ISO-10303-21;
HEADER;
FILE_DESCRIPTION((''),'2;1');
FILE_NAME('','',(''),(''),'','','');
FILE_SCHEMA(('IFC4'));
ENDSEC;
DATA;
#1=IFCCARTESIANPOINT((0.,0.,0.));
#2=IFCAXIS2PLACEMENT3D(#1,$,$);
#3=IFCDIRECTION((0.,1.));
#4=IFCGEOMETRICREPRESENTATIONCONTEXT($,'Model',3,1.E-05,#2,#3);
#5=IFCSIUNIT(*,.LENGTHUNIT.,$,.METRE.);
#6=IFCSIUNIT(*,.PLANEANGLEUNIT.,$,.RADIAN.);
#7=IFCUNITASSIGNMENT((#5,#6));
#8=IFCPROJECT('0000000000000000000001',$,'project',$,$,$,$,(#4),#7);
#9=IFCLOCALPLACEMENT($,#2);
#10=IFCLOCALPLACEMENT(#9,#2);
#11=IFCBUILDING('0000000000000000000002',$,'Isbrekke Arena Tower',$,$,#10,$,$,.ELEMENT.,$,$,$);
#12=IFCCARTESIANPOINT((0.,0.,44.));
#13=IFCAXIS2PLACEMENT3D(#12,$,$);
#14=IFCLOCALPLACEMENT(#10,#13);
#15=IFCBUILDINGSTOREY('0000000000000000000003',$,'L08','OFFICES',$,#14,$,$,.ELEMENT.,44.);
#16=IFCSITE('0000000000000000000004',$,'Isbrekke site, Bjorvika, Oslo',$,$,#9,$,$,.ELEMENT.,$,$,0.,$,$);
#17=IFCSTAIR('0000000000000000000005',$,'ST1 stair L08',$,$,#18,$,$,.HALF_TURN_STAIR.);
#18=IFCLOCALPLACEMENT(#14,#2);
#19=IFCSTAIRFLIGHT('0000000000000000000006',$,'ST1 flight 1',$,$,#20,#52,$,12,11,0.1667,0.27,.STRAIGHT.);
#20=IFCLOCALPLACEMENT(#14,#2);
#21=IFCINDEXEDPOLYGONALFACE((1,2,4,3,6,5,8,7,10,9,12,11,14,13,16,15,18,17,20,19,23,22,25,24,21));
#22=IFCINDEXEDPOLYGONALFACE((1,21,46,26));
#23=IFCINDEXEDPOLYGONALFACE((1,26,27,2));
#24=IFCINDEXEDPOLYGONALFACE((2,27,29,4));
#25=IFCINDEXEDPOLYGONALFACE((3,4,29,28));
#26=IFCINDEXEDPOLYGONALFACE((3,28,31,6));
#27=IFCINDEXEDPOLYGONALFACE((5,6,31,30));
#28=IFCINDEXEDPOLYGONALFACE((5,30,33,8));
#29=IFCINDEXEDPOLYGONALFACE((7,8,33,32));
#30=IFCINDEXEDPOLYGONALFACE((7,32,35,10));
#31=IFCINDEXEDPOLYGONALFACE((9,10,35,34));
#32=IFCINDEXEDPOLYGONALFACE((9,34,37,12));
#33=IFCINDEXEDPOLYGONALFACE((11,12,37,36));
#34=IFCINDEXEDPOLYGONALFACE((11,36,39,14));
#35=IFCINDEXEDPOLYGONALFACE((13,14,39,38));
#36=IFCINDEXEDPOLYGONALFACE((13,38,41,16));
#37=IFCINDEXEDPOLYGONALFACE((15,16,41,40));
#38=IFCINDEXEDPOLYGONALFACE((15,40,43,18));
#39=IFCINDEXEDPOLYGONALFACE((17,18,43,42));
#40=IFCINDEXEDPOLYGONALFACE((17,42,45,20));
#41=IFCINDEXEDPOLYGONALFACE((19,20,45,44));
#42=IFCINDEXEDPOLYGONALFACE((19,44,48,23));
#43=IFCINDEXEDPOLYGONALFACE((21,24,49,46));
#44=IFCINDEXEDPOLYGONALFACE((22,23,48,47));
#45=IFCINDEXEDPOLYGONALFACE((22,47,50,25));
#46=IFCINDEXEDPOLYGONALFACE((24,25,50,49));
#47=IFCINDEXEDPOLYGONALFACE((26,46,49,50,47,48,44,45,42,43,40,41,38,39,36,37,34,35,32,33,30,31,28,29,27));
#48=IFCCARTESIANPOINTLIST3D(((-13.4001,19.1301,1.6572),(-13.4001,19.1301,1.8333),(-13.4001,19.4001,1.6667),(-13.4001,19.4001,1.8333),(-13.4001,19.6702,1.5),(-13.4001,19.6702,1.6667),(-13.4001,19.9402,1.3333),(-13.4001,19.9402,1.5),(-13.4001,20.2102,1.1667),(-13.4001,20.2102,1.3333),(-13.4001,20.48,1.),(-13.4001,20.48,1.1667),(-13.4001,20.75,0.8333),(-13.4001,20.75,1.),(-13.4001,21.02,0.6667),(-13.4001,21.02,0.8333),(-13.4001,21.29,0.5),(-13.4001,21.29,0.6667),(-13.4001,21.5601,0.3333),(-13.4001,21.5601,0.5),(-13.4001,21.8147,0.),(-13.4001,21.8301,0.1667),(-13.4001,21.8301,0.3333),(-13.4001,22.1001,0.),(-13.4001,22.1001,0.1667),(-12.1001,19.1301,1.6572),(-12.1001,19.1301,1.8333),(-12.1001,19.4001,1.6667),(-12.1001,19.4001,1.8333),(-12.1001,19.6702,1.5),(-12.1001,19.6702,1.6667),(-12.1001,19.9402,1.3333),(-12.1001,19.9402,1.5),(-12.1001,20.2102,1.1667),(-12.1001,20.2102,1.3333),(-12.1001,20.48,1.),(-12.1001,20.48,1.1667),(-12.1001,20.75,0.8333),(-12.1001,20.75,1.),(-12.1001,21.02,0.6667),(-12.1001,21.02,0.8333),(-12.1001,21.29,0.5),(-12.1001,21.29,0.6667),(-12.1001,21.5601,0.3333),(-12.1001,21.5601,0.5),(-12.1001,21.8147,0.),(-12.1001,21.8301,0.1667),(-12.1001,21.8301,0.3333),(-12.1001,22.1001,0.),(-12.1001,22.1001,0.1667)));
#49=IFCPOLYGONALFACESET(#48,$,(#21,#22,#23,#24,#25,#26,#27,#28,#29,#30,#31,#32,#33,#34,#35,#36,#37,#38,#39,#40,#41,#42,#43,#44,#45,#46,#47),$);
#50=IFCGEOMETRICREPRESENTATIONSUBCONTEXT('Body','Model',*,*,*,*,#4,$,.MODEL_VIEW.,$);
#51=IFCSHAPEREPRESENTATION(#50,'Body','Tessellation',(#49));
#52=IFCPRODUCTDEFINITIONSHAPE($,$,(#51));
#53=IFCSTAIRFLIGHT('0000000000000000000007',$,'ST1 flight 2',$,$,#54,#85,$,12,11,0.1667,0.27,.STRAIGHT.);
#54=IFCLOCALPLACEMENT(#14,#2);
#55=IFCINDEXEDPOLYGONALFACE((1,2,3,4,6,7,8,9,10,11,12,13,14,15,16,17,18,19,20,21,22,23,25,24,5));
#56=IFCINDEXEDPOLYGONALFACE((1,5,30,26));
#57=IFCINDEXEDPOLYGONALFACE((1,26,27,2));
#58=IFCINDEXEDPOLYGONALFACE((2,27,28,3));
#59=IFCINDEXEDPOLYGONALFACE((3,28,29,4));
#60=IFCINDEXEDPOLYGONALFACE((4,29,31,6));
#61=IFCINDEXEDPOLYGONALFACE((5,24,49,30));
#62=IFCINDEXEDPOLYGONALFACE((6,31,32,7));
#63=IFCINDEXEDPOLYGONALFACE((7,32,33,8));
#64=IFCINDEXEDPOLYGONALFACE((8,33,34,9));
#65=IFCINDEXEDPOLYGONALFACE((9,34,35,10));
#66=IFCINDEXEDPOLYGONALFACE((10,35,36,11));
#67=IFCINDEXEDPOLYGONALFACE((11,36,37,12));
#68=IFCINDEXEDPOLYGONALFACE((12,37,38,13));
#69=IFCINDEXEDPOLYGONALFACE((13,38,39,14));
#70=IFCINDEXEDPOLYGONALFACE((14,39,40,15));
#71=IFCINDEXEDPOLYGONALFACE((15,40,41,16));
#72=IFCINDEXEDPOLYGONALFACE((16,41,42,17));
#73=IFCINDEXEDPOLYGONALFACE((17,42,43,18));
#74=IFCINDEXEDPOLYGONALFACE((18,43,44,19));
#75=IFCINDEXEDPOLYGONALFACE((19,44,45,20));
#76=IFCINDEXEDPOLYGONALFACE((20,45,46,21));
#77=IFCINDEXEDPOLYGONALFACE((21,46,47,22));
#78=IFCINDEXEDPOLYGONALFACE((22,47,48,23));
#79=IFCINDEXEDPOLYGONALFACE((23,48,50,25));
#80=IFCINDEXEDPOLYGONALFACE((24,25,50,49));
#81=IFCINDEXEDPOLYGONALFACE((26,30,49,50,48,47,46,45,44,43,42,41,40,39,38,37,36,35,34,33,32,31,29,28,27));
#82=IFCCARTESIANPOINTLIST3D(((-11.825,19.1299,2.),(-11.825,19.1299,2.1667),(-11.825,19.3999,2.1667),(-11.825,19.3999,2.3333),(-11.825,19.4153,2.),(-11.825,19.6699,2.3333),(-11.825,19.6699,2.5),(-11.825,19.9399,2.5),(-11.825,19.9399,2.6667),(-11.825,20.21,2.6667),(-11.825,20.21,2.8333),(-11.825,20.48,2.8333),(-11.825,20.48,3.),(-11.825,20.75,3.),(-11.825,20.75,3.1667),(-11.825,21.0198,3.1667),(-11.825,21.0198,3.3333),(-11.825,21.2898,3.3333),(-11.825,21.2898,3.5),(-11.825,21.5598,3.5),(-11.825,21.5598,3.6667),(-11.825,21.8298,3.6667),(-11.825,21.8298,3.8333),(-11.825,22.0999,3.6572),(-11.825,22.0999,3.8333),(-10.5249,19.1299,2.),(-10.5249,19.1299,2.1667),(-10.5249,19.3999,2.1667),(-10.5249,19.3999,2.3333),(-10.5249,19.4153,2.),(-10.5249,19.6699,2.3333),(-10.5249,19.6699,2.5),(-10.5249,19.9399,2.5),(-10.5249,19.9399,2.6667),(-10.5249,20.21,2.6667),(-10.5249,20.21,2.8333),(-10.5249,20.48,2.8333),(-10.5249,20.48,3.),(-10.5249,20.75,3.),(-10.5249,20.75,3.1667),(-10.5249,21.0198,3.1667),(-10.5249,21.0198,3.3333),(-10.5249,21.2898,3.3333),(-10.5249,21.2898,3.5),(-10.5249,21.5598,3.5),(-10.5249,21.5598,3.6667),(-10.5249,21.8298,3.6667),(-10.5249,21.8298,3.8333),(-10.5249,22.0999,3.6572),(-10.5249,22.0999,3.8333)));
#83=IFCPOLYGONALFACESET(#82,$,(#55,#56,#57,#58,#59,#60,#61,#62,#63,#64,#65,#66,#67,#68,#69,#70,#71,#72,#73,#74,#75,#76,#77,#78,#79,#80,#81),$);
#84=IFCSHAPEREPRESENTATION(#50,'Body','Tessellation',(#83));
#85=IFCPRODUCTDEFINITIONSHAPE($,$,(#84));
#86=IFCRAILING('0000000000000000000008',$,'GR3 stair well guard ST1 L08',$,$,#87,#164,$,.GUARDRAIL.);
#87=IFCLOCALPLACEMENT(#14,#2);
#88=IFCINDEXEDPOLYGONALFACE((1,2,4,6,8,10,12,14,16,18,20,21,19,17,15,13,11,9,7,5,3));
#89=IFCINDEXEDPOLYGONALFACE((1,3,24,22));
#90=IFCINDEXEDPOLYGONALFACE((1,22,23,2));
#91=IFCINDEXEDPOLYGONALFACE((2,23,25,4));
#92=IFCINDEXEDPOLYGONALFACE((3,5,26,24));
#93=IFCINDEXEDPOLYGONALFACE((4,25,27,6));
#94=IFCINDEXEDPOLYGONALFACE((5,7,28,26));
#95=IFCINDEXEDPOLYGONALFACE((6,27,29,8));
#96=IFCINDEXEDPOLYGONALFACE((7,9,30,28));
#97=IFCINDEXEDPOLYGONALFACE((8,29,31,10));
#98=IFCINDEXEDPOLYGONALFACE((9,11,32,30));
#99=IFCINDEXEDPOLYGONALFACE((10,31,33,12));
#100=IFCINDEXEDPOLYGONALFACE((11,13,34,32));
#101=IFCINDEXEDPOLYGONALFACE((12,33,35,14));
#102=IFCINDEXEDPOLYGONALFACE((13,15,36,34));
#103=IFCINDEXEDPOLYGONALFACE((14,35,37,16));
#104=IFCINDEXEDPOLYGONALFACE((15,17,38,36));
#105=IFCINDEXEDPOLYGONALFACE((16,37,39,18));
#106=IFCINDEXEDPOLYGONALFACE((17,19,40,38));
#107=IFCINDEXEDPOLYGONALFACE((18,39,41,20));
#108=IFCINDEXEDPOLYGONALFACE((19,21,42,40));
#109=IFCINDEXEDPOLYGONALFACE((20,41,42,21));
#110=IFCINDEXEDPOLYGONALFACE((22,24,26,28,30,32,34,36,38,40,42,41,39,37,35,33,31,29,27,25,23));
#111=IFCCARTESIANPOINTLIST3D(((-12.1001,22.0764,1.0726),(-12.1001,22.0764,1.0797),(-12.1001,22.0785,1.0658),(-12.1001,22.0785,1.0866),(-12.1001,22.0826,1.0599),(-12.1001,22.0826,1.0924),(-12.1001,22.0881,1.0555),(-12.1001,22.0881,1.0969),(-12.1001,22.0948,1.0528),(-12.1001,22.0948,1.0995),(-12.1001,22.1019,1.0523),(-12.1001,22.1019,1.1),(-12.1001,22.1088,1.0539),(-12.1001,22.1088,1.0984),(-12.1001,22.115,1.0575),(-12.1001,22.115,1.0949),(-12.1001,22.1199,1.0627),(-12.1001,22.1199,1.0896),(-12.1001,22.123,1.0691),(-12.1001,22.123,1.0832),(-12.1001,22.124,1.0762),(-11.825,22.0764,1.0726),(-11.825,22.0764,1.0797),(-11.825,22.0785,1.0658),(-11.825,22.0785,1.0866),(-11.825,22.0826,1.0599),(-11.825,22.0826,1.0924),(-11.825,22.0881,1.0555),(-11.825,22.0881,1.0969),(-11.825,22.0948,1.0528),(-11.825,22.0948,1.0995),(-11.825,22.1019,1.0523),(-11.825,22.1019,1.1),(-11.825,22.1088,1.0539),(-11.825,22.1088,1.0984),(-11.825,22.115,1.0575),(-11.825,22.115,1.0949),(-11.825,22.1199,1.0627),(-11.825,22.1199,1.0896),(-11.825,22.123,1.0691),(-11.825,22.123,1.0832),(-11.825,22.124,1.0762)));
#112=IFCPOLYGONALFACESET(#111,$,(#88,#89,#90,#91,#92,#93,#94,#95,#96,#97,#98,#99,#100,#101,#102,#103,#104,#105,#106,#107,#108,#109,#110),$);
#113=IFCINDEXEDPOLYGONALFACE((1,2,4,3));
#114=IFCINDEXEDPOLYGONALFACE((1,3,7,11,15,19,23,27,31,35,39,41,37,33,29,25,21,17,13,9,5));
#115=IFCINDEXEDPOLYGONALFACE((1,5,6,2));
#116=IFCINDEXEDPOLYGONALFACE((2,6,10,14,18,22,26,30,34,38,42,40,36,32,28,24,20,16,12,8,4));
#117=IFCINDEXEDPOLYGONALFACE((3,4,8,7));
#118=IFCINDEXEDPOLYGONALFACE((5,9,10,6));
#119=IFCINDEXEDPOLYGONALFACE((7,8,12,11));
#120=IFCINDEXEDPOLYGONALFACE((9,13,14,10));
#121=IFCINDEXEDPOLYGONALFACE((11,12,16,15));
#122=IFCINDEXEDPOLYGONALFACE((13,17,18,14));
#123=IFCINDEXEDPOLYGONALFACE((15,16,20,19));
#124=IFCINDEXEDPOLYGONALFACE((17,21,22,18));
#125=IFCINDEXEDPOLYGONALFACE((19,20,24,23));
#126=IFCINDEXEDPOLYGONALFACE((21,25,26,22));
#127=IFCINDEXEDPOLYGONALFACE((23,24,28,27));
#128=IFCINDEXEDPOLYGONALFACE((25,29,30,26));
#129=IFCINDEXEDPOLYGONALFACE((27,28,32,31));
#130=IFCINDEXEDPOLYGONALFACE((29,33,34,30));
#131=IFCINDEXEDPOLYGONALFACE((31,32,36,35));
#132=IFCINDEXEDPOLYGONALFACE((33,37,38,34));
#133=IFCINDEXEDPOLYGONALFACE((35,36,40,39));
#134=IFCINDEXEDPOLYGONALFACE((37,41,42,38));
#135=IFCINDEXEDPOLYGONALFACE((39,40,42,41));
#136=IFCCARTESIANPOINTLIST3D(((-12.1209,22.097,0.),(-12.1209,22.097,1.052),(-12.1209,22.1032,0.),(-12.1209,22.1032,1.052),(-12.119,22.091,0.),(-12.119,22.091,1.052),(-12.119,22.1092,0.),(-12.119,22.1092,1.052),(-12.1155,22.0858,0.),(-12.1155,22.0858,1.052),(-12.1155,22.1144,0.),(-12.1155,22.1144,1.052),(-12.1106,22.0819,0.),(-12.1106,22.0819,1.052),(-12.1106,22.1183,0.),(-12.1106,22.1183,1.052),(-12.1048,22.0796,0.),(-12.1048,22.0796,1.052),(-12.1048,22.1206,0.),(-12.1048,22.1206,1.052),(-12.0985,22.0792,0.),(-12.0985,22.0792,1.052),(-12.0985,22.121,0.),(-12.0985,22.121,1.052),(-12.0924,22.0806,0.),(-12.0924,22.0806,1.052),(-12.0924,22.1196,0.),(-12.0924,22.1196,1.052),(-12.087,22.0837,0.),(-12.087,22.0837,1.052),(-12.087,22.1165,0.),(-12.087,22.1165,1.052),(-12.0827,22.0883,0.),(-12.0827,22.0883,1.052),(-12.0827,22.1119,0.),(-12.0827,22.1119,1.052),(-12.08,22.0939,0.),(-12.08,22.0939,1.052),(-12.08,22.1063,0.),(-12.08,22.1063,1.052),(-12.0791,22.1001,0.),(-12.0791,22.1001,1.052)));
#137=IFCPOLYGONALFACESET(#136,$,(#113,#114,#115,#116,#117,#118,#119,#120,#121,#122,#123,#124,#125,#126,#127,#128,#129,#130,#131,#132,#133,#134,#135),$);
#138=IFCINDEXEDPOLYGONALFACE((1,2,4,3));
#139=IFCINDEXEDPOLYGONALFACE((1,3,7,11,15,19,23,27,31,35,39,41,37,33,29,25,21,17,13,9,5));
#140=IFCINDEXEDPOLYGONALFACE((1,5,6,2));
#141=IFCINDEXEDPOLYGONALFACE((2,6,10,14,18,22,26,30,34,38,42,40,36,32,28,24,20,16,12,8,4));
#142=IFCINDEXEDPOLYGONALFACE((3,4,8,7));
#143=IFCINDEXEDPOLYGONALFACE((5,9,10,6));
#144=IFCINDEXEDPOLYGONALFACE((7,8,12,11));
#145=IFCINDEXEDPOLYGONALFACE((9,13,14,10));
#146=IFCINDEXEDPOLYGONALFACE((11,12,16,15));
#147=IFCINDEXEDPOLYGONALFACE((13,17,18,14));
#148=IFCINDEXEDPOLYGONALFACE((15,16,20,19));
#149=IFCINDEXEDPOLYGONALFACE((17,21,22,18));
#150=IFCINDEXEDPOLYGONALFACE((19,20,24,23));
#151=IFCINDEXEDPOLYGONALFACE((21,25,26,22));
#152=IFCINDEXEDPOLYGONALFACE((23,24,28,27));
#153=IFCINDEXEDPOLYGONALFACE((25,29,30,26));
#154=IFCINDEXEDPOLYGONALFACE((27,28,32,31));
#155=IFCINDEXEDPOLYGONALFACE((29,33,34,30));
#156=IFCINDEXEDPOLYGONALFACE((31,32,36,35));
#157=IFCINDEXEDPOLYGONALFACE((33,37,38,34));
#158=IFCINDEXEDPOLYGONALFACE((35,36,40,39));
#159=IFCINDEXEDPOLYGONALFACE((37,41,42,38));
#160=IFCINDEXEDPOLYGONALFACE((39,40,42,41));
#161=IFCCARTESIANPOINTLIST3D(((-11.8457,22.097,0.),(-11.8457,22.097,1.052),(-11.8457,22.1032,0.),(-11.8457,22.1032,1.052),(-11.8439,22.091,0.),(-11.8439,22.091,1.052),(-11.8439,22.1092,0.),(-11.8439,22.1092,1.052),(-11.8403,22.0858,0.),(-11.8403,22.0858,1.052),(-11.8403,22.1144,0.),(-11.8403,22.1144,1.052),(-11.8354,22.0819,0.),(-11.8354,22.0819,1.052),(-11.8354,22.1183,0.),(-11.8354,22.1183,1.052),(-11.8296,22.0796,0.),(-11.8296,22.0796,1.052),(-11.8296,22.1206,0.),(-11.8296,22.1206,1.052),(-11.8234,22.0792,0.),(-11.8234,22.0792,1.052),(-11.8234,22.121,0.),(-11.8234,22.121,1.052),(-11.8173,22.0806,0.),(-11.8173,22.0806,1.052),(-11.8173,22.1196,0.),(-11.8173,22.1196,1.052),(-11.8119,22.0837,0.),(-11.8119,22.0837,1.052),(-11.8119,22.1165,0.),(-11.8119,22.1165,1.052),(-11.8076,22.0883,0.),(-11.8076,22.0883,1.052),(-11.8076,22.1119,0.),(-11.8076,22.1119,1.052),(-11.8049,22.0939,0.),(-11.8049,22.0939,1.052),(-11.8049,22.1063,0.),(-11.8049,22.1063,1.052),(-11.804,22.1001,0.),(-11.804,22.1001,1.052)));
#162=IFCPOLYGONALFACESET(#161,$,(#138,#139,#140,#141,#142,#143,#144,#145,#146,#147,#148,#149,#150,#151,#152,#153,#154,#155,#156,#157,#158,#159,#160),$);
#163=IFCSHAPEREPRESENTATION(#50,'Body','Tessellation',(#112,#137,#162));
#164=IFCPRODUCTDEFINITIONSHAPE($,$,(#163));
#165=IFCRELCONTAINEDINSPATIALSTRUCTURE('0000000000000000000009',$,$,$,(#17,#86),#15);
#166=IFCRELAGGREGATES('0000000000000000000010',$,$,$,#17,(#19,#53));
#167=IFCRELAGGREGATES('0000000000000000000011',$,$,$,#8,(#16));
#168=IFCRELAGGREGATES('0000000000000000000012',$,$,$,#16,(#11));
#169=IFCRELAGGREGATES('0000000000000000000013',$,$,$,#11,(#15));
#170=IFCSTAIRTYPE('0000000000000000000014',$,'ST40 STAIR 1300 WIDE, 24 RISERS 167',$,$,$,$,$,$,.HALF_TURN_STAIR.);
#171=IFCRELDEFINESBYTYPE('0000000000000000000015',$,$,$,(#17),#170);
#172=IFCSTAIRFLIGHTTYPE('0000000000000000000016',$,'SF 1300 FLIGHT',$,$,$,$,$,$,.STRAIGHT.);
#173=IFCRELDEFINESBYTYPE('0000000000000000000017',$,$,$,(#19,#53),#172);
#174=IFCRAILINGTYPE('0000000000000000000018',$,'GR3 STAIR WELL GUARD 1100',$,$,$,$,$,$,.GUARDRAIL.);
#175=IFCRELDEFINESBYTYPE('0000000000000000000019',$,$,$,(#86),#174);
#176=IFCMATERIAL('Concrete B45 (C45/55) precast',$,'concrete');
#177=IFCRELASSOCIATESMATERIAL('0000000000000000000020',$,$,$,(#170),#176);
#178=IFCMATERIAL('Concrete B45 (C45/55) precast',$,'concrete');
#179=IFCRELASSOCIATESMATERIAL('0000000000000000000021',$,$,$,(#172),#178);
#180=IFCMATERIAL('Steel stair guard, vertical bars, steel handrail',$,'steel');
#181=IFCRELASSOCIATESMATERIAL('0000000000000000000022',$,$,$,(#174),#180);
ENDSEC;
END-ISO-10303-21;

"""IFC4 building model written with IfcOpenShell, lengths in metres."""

from ifc_helpers import new_model, si_unit, direction, frame, origin, origin_2d, place, context, subcontext, project, spatial, polyline, circle, outline, extrude, material, type_object, element, aggregate, save


model = new_model("IFC4")

# Units and contexts
model_context = context("Model", 3, precision=1e-05, world=origin(), true_north=direction((0.0, 1.0)))
body_context = subcontext(model_context, "Body", "Model", "MODEL_VIEW")
ifc_project = project(units=[si_unit("LENGTHUNIT", "METRE"), si_unit("PLANEANGLEUNIT", "RADIAN")], contexts=[model_context])

# Site, building, storey
site_placement = place(None, origin())
site = spatial("IfcSite", under=ifc_project, at=site_placement, Name="Isbrekke site, Bjorvika, Oslo", CompositionType="ELEMENT", RefElevation=0.0)
building_placement = place(site_placement, origin())
building = spatial("IfcBuilding", under=site, at=building_placement, Name="Isbrekke Arena Tower", CompositionType="ELEMENT")
storey_placement = place(building_placement, frame((0.0, 0.0, 44.0)))
storey = spatial("IfcBuildingStorey", under=building, at=storey_placement, Name="L08", Description="OFFICES", CompositionType="ELEMENT", Elevation=44.0)

# Stair, stair flights
ifc_material_1 = material(Name="Concrete B45 (C45/55) precast", Category="concrete")
stair_type = type_object("IfcStairType", Name="ST40 STAIR 1300 WIDE, 24 RISERS 167", PredefinedType="HALF_TURN_STAIR", material=ifc_material_1)
stair_placement = place(storey_placement, origin())
stair = element("IfcStair", 1, at=stair_placement, inside=storey, type_object=stair_type, Name="ST1 stair L08", PredefinedType="HALF_TURN_STAIR")
ifc_material_2 = material(Name="Concrete B45 (C45/55) precast", Category="concrete")
stair_flight_type = type_object("IfcStairFlightType", Name="SF 1300 FLIGHT", PredefinedType="STRAIGHT", material=ifc_material_2)
stair_flight_1_placement = place(storey_placement, frame((-12.75, 22.1001, 0.0), z_axis=(0.0, 0.0, 1.0), x_axis=(0.0, -1.0, 0.0)))
stair_flight_1 = element("IfcStairFlight", 2, at=stair_flight_1_placement, type_object=stair_flight_type, Name="ST1 flight 1", NumberOfRisers=12, NumberOfTreads=11, PredefinedType="STRAIGHT", RiserHeight=0.1667, TreadLength=0.27, context=body_context, shape_type="SweptSolid", body=[
    extrude(outline(polyline([(0.0, 0.0), (0.0, 0.1667), (0.27, 0.1667), (0.27, 0.3333), (0.54, 0.3333), (0.54, 0.5), (0.8101, 0.5), (0.8101, 0.6667), (1.0801, 0.6667), (1.0801, 0.8333), (1.3501, 0.8333), (1.3501, 1.0), (1.6201, 1.0), (1.6201, 1.1667), (1.8899, 1.1667), (1.8899, 1.3333), (2.1599, 1.3333), (2.1599, 1.5), (2.4299, 1.5), (2.4299, 1.6667), (2.7, 1.6667), (2.7, 1.8333), (2.97, 1.8333), (2.97, 2.0), (2.97, 1.6572), (0.2854, 0.0), (0.0, 0.0)])), frame((0.0, 0.6499, 0.0), z_axis=(0.0, -1.0, 0.0), x_axis=(1.0, 0.0, 0.0)), (0.0, 0.0, 1.0), 1.3),
])
stair_flight_2_placement = place(storey_placement, frame((-11.175, 19.1299, 2.0), z_axis=(0.0, 0.0, 1.0), x_axis=(0.0, 1.0, 0.0)))
stair_flight_2 = element("IfcStairFlight", 3, at=stair_flight_2_placement, type_object=stair_flight_type, Name="ST1 flight 2", NumberOfRisers=12, NumberOfTreads=11, PredefinedType="STRAIGHT", RiserHeight=0.1667, TreadLength=0.27, context=body_context, shape_type="SweptSolid", body=[
    extrude(outline(polyline([(0.0, 0.0), (0.0, 0.1667), (0.27, 0.1667), (0.27, 0.3333), (0.54, 0.3333), (0.54, 0.5), (0.8101, 0.5), (0.8101, 0.6667), (1.0801, 0.6667), (1.0801, 0.8333), (1.3501, 0.8333), (1.3501, 1.0), (1.6201, 1.0), (1.6201, 1.1667), (1.8899, 1.1667), (1.8899, 1.3333), (2.1599, 1.3333), (2.1599, 1.5), (2.4299, 1.5), (2.4299, 1.6667), (2.7, 1.6667), (2.7, 1.8333), (2.97, 1.8333), (2.97, 2.0), (2.97, 1.6572), (0.2854, 0.0), (0.0, 0.0)])), frame((0.0, 0.6499, 0.0), z_axis=(0.0, -1.0, 0.0), x_axis=(1.0, 0.0, 0.0)), (0.0, 0.0, 1.0), 1.3),
])
aggregate(stair, [stair_flight_1, stair_flight_2])

# Railing
ifc_material_3 = material(Name="Steel stair guard, vertical bars, steel handrail", Category="steel")
railing_type = type_object("IfcRailingType", Name="GR3 STAIR WELL GUARD 1100", PredefinedType="GUARDRAIL", material=ifc_material_3)
for number, where, name in (
    (4, (-12.1001, 22.1001, 0.0), "GR3 stair well guard ST1 L08"),
):
    element("IfcRailing", number, at=place(storey_placement, frame(where)), inside=storey, type_object=railing_type, Name=name, PredefinedType="GUARDRAIL", context=body_context, shape_type="SweptSolid", body=[
        extrude(circle(Radius=0.0239, at=origin_2d()), frame((0.0, 0.0, 1.0762), z_axis=(1.0, 0.0, 0.0), x_axis=(0.0, 1.0, 0.0)), (0.0, 0.0, 1.0), 0.2751),
        extrude(circle(Radius=0.021, at=origin_2d()), origin(), (0.0, 0.0, 1.0), 1.052),
        extrude(circle(Radius=0.021, at=origin_2d()), frame((0.2751, 0.0, 0.0)), (0.0, 0.0, 1.0), 1.052),
    ])

save(model, "model.ifc")
